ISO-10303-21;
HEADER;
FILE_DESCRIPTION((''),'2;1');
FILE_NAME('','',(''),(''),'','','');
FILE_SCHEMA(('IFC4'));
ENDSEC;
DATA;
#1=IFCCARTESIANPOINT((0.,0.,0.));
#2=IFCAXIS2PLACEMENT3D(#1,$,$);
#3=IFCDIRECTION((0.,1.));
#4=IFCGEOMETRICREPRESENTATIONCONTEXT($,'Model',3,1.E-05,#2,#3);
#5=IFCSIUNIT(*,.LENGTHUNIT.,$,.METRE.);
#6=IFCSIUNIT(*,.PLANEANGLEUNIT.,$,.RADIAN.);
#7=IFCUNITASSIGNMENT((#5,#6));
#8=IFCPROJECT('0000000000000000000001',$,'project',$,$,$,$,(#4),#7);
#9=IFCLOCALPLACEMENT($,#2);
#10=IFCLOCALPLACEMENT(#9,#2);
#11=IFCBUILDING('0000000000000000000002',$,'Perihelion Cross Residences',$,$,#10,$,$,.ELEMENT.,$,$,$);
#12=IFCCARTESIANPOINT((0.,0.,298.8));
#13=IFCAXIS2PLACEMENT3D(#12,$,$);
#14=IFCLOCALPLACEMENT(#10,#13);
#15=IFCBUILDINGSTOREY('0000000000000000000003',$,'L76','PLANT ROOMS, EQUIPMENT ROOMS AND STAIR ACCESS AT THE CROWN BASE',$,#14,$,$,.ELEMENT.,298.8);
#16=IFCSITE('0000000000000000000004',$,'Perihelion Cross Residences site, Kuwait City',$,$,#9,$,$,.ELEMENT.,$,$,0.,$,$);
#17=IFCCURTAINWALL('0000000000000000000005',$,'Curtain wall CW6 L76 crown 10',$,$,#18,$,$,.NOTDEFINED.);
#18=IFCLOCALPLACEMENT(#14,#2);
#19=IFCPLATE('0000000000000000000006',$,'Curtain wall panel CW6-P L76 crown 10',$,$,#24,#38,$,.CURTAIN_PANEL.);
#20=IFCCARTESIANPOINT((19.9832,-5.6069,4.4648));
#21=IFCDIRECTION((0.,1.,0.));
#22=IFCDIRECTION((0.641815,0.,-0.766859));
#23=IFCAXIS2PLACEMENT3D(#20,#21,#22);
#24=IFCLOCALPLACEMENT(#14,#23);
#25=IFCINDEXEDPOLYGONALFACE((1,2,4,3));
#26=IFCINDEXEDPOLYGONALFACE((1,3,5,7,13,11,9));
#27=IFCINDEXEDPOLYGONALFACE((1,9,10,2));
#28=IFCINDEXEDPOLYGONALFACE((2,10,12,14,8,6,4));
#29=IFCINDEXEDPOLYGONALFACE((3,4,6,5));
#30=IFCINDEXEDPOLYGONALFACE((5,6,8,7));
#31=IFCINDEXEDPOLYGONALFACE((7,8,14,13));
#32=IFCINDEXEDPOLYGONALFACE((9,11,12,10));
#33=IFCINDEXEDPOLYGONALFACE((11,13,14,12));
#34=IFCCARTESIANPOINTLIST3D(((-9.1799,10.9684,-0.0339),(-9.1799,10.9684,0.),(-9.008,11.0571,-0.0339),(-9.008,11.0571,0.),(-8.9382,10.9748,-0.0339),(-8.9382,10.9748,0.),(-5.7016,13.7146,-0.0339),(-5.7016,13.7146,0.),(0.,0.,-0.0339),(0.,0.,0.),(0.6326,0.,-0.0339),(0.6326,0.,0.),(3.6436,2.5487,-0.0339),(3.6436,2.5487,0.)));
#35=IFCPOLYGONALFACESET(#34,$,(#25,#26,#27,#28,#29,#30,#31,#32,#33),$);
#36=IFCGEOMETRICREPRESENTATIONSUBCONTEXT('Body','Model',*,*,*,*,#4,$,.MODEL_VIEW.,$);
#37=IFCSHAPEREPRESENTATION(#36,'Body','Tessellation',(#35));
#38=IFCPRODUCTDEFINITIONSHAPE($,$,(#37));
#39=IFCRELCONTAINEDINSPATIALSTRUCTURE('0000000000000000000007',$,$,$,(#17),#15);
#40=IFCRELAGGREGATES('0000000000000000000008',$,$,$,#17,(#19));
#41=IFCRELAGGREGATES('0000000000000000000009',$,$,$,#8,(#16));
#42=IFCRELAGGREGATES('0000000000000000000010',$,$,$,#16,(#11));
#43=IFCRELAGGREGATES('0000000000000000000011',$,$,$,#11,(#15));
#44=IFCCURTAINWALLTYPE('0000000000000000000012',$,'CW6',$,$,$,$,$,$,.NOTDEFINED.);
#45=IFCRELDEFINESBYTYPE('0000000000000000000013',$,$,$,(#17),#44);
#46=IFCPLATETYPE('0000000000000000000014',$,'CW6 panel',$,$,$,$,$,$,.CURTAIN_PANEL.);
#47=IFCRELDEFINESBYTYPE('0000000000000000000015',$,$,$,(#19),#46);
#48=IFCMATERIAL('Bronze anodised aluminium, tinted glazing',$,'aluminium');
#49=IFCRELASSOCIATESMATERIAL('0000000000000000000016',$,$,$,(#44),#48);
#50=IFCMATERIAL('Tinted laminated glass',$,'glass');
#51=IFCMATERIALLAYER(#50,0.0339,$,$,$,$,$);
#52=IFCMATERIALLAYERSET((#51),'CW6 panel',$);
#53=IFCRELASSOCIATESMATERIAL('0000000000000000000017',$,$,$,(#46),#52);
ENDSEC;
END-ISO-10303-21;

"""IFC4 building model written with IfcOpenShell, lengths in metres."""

from ifc_helpers import new_model, si_unit, direction, frame, origin, place, context, subcontext, project, spatial, polyline, outline, extrude, material, layer, layer_set, type_object, element, aggregate, save


model = new_model("IFC4")

# Units and contexts
model_context = context("Model", 3, precision=1e-05, world=origin(), true_north=direction((0.0, 1.0)))
body_context = subcontext(model_context, "Body", "Model", "MODEL_VIEW")
ifc_project = project(units=[si_unit("LENGTHUNIT", "METRE"), si_unit("PLANEANGLEUNIT", "RADIAN")], contexts=[model_context])

# Site, building, storey
site_placement = place(None, origin())
site = spatial("IfcSite", under=ifc_project, at=site_placement, Name="Perihelion Cross Residences site, Kuwait City", CompositionType="ELEMENT", RefElevation=0.0)
building_placement = place(site_placement, origin())
building = spatial("IfcBuilding", under=site, at=building_placement, Name="Perihelion Cross Residences", CompositionType="ELEMENT")
storey_placement = place(building_placement, frame((0.0, 0.0, 298.8)))
storey = spatial("IfcBuildingStorey", under=building, at=storey_placement, Name="L76", Description="PLANT ROOMS, EQUIPMENT ROOMS AND STAIR ACCESS AT THE CROWN BASE", CompositionType="ELEMENT", Elevation=298.8)

# Shared definitions
ifc_material_1 = material(Name="Bronze anodised aluminium, tinted glazing", Category="aluminium")
curtain_wall_type = type_object("IfcCurtainWallType", Name="CW6", PredefinedType="NOTDEFINED", material=ifc_material_1)

# Curtain wall, plate
curtain_wall_1_placement = place(storey_placement, origin())
curtain_wall_1 = element("IfcCurtainWall", 1, at=curtain_wall_1_placement, inside=storey, type_object=curtain_wall_type, Name="Curtain wall CW6 L76 crown 10", PredefinedType="NOTDEFINED")
ifc_material_2 = material(Name="Tinted laminated glass", Category="glass")
ifc_layer_1 = layer(ifc_material_2, 0.0339)
ifc_layer_set_1 = layer_set([ifc_layer_1], Name="CW6 panel")
plate_type = type_object("IfcPlateType", Name="CW6 panel", PredefinedType="CURTAIN_PANEL", material=ifc_layer_set_1)
plate_placement = place(storey_placement, frame((19.9832, -5.6069, 4.4648), z_axis=(0.0, 1.0, 0.0), x_axis=(0.641815, 0.0, -0.766859)))
plate = element("IfcPlate", 2, at=plate_placement, type_object=plate_type, Name="Curtain wall panel CW6-P L76 crown 10", PredefinedType="CURTAIN_PANEL", context=body_context, shape_type="SweptSolid", body=[
    extrude(outline(polyline([(0.0, 0.0), (0.6326, 0.0), (3.6436, 2.5487), (-5.7016, 13.7146), (-8.9382, 10.9748), (-9.008, 11.0571), (-9.1799, 10.9684), (0.0, 0.0)])), origin(), (0.0, 0.0, -1.0), 0.0339),
])
aggregate(curtain_wall_1, [plate])

save(model, "model.ifc")
